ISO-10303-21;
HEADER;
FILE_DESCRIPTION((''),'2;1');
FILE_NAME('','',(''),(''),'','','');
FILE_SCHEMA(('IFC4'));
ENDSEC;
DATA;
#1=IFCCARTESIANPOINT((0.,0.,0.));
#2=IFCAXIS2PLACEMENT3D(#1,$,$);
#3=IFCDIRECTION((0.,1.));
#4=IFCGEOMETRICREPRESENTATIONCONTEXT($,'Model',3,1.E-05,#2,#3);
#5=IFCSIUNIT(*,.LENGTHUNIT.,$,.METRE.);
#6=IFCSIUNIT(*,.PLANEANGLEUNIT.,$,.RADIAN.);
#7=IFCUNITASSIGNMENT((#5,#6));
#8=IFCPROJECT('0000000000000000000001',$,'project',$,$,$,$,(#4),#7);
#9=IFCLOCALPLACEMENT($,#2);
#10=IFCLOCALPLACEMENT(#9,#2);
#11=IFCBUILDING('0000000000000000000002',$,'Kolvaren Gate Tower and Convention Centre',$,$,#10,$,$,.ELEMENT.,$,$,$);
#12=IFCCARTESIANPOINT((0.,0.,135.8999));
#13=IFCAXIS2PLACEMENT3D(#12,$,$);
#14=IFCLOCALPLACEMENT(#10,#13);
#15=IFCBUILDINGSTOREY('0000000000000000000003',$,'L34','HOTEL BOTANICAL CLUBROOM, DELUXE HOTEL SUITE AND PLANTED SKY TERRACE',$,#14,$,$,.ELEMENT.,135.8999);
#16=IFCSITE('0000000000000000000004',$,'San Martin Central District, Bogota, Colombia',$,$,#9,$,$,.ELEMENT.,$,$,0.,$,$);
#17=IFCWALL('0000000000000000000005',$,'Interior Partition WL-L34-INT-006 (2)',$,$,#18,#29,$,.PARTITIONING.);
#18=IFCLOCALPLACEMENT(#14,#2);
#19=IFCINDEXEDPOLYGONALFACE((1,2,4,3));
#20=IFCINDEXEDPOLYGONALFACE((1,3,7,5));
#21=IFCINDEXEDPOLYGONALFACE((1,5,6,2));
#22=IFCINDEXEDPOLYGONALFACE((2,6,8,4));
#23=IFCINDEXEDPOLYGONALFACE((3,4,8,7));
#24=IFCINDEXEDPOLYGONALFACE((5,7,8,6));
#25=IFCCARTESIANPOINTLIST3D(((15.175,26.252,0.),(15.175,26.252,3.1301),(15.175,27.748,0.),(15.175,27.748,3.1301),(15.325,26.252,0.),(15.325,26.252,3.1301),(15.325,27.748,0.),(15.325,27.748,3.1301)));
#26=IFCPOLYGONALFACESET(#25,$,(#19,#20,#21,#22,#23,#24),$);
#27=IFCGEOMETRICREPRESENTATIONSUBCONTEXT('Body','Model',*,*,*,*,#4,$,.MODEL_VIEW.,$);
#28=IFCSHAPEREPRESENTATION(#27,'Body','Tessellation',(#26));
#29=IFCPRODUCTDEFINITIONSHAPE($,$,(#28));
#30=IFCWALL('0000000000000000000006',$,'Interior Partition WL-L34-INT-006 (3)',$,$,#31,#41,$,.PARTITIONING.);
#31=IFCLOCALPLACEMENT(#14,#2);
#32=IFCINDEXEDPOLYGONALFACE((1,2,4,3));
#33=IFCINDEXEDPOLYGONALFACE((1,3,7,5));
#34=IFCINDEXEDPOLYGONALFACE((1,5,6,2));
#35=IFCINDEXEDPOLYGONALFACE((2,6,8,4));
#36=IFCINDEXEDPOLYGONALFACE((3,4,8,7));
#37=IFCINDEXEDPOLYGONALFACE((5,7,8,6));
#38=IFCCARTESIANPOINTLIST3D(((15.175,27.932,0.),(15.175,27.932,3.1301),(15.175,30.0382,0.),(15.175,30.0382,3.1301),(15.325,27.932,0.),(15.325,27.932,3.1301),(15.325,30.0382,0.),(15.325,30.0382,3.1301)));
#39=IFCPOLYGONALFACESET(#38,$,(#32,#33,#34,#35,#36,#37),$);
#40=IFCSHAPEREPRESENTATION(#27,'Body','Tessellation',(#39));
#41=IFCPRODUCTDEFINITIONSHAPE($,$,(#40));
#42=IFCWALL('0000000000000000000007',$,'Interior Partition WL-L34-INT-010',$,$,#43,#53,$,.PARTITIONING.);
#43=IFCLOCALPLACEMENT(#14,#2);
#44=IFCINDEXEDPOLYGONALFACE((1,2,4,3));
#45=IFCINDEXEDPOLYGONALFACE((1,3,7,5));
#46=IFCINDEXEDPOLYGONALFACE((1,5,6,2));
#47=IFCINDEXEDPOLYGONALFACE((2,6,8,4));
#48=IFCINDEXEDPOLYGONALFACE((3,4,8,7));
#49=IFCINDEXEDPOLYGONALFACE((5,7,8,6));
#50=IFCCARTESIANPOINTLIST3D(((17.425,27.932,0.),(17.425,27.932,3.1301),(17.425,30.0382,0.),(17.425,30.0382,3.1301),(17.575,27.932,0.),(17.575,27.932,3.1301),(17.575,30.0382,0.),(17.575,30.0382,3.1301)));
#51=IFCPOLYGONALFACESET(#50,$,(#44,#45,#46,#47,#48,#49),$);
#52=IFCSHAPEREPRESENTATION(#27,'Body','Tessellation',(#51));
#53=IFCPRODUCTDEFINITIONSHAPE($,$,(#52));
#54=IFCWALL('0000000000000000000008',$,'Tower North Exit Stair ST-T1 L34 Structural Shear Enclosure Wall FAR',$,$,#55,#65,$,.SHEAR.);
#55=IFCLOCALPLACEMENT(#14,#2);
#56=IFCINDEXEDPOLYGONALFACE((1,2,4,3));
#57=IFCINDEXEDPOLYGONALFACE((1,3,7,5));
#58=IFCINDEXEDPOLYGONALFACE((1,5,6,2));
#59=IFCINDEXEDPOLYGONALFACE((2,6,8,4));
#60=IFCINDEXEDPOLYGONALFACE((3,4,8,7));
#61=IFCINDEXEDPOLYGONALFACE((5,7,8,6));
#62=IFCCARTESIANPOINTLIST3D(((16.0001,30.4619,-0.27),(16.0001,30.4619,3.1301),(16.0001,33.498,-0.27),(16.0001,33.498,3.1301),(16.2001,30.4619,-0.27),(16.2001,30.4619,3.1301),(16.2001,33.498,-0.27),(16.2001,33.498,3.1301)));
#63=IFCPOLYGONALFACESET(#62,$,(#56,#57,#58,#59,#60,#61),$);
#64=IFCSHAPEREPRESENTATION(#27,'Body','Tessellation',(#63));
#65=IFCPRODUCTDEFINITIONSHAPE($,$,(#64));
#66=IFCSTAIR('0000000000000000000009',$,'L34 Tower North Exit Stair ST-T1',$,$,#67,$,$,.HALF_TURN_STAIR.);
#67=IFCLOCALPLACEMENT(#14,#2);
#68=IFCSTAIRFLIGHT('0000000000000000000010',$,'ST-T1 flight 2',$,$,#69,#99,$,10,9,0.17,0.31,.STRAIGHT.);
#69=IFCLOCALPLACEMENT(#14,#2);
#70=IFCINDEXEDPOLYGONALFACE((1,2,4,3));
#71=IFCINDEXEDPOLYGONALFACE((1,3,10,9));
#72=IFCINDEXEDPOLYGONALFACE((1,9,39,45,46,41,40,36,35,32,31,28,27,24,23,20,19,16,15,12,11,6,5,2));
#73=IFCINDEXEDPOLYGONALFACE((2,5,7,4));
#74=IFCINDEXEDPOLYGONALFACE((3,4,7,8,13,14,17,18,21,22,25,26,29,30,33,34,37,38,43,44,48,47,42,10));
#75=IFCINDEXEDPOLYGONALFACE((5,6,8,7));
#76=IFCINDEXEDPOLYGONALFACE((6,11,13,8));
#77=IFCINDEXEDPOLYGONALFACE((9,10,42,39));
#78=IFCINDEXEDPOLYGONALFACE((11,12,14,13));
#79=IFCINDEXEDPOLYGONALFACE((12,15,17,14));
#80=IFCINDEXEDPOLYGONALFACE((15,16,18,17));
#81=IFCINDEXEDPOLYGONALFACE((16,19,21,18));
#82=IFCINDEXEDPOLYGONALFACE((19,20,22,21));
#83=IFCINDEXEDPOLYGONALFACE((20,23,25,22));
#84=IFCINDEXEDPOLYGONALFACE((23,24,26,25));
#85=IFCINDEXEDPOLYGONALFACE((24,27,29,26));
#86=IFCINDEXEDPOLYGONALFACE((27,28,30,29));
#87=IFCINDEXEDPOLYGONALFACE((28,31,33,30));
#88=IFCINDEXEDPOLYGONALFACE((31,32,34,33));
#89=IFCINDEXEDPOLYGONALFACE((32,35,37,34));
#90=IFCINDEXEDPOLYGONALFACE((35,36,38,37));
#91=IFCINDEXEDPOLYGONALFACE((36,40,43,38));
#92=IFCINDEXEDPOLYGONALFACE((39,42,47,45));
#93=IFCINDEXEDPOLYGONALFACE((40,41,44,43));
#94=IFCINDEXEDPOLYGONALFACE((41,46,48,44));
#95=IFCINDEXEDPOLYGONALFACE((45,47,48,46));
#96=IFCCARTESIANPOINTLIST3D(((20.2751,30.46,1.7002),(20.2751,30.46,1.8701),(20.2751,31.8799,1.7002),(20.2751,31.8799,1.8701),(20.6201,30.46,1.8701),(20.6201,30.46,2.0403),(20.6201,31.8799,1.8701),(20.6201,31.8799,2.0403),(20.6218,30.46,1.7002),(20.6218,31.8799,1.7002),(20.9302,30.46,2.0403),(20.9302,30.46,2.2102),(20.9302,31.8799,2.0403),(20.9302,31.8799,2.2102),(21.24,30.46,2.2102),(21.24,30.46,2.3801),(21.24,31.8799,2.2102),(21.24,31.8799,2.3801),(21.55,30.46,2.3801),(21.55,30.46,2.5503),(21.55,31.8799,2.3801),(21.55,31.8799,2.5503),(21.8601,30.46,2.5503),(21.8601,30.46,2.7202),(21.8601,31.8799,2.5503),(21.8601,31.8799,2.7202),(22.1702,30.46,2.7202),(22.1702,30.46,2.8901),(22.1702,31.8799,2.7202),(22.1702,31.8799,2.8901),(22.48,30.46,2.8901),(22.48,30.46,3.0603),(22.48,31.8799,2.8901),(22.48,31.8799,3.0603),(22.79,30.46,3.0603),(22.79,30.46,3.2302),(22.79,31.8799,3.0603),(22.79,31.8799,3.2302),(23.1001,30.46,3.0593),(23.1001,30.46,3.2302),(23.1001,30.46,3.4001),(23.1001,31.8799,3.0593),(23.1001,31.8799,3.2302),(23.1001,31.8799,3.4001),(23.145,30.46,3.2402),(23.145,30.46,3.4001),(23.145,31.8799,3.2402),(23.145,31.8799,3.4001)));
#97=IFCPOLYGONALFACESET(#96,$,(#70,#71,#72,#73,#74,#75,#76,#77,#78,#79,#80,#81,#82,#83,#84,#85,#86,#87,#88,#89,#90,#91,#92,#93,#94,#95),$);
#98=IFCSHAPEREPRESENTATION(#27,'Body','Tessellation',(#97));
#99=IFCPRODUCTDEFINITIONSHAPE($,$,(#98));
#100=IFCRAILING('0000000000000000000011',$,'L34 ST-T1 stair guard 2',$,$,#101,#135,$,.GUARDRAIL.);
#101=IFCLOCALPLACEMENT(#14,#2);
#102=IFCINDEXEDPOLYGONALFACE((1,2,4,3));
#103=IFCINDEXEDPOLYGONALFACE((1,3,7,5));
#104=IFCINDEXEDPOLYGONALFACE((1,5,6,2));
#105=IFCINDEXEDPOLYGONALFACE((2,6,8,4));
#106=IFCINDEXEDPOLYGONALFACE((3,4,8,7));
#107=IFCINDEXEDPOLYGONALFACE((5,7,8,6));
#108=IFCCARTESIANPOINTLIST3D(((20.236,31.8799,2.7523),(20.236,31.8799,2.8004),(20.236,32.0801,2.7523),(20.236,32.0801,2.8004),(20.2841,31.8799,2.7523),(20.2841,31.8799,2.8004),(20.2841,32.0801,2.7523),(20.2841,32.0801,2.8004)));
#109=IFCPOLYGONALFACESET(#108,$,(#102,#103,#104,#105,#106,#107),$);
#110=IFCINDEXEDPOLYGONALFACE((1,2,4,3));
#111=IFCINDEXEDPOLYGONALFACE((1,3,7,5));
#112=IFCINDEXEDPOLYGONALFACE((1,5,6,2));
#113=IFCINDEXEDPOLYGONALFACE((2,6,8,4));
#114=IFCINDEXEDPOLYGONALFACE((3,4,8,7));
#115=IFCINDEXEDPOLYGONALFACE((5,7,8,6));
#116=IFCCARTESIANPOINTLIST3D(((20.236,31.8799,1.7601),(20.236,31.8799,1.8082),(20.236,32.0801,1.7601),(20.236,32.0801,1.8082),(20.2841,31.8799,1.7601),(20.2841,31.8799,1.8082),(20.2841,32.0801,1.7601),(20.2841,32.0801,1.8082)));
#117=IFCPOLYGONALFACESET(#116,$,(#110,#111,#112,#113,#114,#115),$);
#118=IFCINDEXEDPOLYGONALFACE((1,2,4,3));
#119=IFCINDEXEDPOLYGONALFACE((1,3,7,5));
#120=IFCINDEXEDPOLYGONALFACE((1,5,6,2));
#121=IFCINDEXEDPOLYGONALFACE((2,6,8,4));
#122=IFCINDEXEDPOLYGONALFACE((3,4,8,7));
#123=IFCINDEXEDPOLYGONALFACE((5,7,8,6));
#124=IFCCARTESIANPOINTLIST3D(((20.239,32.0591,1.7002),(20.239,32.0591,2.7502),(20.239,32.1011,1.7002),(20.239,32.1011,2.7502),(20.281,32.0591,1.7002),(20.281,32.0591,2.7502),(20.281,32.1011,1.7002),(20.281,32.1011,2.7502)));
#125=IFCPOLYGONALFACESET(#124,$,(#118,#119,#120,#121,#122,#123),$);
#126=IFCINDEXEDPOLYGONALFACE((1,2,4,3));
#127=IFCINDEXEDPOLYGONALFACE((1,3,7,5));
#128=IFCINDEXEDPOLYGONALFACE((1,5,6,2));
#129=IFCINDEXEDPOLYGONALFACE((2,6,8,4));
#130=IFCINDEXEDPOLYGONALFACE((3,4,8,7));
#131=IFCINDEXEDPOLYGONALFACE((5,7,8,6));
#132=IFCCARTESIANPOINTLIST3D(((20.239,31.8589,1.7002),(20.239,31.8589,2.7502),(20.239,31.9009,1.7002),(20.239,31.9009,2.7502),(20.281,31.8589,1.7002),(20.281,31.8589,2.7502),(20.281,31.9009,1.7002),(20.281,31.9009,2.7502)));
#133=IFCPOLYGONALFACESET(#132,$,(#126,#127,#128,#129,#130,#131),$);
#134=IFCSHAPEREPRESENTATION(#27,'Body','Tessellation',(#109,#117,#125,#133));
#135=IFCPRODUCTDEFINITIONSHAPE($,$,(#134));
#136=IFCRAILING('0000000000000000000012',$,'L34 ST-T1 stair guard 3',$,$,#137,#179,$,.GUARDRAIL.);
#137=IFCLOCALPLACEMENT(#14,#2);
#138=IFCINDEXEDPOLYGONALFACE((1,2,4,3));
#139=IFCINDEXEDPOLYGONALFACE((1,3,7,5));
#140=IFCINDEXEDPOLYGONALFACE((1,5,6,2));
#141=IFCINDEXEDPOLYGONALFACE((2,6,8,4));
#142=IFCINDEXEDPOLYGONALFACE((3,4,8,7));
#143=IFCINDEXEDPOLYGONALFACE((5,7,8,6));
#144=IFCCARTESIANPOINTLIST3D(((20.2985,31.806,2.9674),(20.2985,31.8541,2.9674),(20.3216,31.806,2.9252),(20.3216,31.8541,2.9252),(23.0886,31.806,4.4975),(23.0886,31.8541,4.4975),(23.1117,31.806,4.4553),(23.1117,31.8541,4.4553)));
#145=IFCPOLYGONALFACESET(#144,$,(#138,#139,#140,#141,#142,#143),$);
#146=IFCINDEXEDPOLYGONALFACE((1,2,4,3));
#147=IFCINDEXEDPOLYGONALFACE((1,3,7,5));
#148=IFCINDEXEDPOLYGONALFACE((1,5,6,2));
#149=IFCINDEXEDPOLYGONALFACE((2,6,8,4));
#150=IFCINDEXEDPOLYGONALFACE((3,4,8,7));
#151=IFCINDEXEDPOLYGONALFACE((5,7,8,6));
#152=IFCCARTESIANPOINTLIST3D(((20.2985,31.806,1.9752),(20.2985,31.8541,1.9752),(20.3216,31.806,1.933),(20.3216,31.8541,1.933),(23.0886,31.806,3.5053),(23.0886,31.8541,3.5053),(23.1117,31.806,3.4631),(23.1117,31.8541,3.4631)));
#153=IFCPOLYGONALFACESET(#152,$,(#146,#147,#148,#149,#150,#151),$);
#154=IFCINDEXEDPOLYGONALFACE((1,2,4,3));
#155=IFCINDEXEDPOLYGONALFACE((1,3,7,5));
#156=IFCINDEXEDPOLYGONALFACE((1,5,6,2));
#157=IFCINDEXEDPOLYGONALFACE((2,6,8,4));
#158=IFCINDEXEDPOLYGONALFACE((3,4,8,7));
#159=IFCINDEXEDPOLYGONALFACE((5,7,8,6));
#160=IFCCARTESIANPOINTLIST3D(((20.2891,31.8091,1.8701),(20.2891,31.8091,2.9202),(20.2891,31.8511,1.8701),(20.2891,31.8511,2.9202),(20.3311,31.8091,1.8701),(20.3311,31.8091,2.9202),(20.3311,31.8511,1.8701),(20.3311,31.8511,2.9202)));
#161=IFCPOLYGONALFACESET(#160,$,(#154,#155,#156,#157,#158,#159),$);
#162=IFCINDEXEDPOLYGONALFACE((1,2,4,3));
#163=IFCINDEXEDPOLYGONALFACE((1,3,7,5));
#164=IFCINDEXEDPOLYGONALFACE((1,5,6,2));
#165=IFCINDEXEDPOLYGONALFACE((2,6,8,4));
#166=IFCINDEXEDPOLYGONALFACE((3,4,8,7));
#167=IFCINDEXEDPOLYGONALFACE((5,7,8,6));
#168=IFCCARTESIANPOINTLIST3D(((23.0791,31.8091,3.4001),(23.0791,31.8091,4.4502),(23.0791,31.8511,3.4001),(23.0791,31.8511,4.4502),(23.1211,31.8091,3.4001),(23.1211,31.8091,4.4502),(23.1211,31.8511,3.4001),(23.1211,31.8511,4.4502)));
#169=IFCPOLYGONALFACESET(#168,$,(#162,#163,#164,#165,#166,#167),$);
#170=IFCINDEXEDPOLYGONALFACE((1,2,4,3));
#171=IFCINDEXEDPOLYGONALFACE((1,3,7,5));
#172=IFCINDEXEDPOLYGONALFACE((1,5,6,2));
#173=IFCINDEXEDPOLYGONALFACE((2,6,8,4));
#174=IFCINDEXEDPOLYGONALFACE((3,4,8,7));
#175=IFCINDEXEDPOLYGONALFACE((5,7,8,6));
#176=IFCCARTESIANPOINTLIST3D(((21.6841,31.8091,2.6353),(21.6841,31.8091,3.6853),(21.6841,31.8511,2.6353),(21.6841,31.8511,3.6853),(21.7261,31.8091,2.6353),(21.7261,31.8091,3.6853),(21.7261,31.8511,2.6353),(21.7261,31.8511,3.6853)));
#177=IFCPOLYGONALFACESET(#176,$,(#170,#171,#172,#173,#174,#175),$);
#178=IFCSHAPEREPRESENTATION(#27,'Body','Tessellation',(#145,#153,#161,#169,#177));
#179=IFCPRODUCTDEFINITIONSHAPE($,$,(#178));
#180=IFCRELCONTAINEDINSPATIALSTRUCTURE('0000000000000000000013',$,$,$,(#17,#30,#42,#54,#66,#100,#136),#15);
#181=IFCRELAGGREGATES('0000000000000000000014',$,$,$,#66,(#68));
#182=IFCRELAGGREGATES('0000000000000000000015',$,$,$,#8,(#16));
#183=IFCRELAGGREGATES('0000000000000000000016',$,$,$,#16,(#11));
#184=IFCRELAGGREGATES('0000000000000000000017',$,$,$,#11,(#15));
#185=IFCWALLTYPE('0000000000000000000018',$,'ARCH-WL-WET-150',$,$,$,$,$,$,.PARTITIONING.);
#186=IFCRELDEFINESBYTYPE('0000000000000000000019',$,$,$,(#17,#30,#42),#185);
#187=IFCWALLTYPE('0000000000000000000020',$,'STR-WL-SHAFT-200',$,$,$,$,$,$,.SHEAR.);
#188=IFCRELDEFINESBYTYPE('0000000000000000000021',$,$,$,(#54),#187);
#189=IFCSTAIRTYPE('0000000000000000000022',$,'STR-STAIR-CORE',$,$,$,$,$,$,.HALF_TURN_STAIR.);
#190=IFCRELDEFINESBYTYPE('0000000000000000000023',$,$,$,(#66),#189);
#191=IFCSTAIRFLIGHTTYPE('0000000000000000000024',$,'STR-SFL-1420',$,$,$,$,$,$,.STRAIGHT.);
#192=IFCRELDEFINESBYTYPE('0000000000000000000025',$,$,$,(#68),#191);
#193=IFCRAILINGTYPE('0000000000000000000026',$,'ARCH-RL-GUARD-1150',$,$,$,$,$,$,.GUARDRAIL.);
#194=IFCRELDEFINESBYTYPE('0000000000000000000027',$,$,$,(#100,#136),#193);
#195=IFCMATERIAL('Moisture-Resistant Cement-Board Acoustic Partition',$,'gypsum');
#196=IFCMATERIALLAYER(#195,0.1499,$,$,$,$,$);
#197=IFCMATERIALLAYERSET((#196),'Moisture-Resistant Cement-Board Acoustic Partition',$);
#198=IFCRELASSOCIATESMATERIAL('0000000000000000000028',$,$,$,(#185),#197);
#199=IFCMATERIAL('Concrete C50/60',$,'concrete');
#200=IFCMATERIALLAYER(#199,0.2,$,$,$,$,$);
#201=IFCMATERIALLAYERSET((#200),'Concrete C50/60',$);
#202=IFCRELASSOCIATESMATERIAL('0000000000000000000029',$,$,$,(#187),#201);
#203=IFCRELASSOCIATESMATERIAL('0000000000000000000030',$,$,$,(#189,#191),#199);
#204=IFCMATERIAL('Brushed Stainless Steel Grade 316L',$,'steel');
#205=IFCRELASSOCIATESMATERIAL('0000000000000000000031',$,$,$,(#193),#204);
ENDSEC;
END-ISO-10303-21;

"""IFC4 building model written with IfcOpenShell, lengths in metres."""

from ifc_helpers import new_model, si_unit, direction, frame, frame_2d, origin, origin_2d, place, context, subcontext, project, spatial, polyline, rectangle, outline, extrude, material, layer, layer_set, type_object, element, aggregate, save


model = new_model("IFC4")

# Units and contexts
model_context = context("Model", 3, precision=1e-05, world=origin(), true_north=direction((0.0, 1.0)))
body_context = subcontext(model_context, "Body", "Model", "MODEL_VIEW")
ifc_project = project(units=[si_unit("LENGTHUNIT", "METRE"), si_unit("PLANEANGLEUNIT", "RADIAN")], contexts=[model_context])

# Site, building, storey
site_placement = place(None, origin())
site = spatial("IfcSite", under=ifc_project, at=site_placement, Name="San Martin Central District, Bogota, Colombia", CompositionType="ELEMENT", RefElevation=0.0)
building_placement = place(site_placement, origin())
building = spatial("IfcBuilding", under=site, at=building_placement, Name="Kolvaren Gate Tower and Convention Centre", CompositionType="ELEMENT")
storey_placement = place(building_placement, frame((0.0, 0.0, 135.8999)))
storey = spatial("IfcBuildingStorey", under=building, at=storey_placement, Name="L34", Description="HOTEL BOTANICAL CLUBROOM, DELUXE HOTEL SUITE AND PLANTED SKY TERRACE", CompositionType="ELEMENT", Elevation=135.8999)

# Walls
ifc_material_1 = material(Name="Moisture-Resistant Cement-Board Acoustic Partition", Category="gypsum")
ifc_layer_1 = layer(ifc_material_1, 0.1499)
ifc_layer_set_1 = layer_set([ifc_layer_1], Name="Moisture-Resistant Cement-Board Acoustic Partition")
wall_type_1 = type_object("IfcWallType", Name="ARCH-WL-WET-150", PredefinedType="PARTITIONING", material=ifc_layer_set_1)
wall_1_placement = place(storey_placement, frame((15.25, 26.252, 0.0), z_axis=(0.0, 0.0, 1.0), x_axis=(0.0, 1.0, 0.0)))
element("IfcWall", 1, at=wall_1_placement, inside=storey, type_object=wall_type_1, Name="Interior Partition WL-L34-INT-006 (2)", PredefinedType="PARTITIONING", context=body_context, shape_type="SweptSolid", body=[
    extrude(rectangle(XDim=1.4961, YDim=0.1499, at=frame_2d((0.748, 0.0))), origin(), (0.0, 0.0, 1.0), 3.1301),
])
for number, where, z_axis, x_axis, name in (
    (2, (15.25, 27.9319, 0.0), (0.0, 0.0, 1.0), (0.0, 1.0, 0.0), "Interior Partition WL-L34-INT-006 (3)"),
    (3, (17.5, 27.9319, 0.0), (0.0, 0.0, 1.0), (0.0, 1.0, 0.0), "Interior Partition WL-L34-INT-010"),
):
    element("IfcWall", number, at=place(storey_placement, frame(where, z_axis=z_axis, x_axis=x_axis)), inside=storey, type_object=wall_type_1, Name=name, PredefinedType="PARTITIONING", context=body_context, shape_type="SweptSolid", body=[
        extrude(rectangle(XDim=2.1062, YDim=0.1499, at=frame_2d((1.0532, 0.0))), origin(), (0.0, 0.0, 1.0), 3.1301),
    ])
ifc_material_2 = material(Name="Concrete C50/60", Category="concrete")
ifc_layer_2 = layer(ifc_material_2, 0.2)
ifc_layer_set_2 = layer_set([ifc_layer_2], Name="Concrete C50/60")
wall_type_2 = type_object("IfcWallType", Name="STR-WL-SHAFT-200", PredefinedType="SHEAR", material=ifc_layer_set_2)
wall_2_placement = place(storey_placement, frame((16.1001, 30.4619, -0.27), z_axis=(0.0, 0.0, 1.0), x_axis=(0.0, 1.0, 0.0)))
element("IfcWall", 4, at=wall_2_placement, inside=storey, type_object=wall_type_2, Name="Tower North Exit Stair ST-T1 L34 Structural Shear Enclosure Wall FAR", PredefinedType="SHEAR", context=body_context, shape_type="SweptSolid", body=[
    extrude(rectangle(XDim=3.0361, YDim=0.2, at=frame_2d((1.5181, 0.0))), origin(), (0.0, 0.0, 1.0), 3.4001),
])

# Stair, stair flight
stair_type = type_object("IfcStairType", Name="STR-STAIR-CORE", PredefinedType="HALF_TURN_STAIR", material=ifc_material_2)
stair_placement = place(storey_placement, origin())
stair = element("IfcStair", 5, at=stair_placement, inside=storey, type_object=stair_type, Name="L34 Tower North Exit Stair ST-T1", PredefinedType="HALF_TURN_STAIR")
stair_flight_type = type_object("IfcStairFlightType", Name="STR-SFL-1420", PredefinedType="STRAIGHT", material=ifc_material_2)
stair_flight_placement = place(storey_placement, frame((20.3101, 31.1699, 1.7002), z_axis=(0.0, 0.0, 1.0), x_axis=(1.0, 0.0, 0.0)))
stair_flight = element("IfcStairFlight", 6, at=stair_flight_placement, type_object=stair_flight_type, Name="ST-T1 flight 2", NumberOfRisers=10, NumberOfTreads=9, PredefinedType="STRAIGHT", RiserHeight=0.17, TreadLength=0.31, context=body_context, shape_type="SweptSolid", body=[
    extrude(outline(polyline([(-0.0349, 0.0), (-0.0349, 0.1699), (0.3101, 0.1699), (0.3101, 0.3401), (0.6201, 0.3401), (0.6201, 0.51), (0.9299, 0.51), (0.9299, 0.6799), (1.24, 0.6799), (1.24, 0.8501), (1.55, 0.8501), (1.55, 1.02), (1.8601, 1.02), (1.8601, 1.1899), (2.1699, 1.1899), (2.1699, 1.3601), (2.48, 1.3601), (2.48, 1.53), (2.79, 1.53), (2.79, 1.7), (2.835, 1.7), (2.835, 1.54), (2.79, 1.3591), (0.3118, 0.0), (-0.0349, 0.0)])), frame((0.0, 0.71, 0.0), z_axis=(0.0, -1.0, 0.0), x_axis=(1.0, 0.0, 0.0)), (0.0, 0.0, 1.0), 1.4199),
])
aggregate(stair, [stair_flight])

# Railings
ifc_material_3 = material(Name="Brushed Stainless Steel Grade 316L", Category="steel")
railing_type_1 = type_object("IfcRailingType", Name="ARCH-RL-GUARD-1150", PredefinedType="GUARDRAIL", material=ifc_material_3)
railing_1_placement = place(storey_placement, frame((20.26, 32.0801, 1.7002)))
element("IfcRailing", 7, at=railing_1_placement, inside=storey, type_object=railing_type_1, Name="L34 ST-T1 stair guard 2", PredefinedType="GUARDRAIL", context=body_context, shape_type="SweptSolid", body=[
    extrude(rectangle(XDim=0.0481, YDim=0.0481, at=origin_2d()), frame((0.0, 0.0, 1.0762), z_axis=(0.0, -1.0, 0.0), x_axis=(1.0, 0.0, 0.0)), (0.0, 0.0, 1.0), 0.2002),
    extrude(rectangle(XDim=0.0481, YDim=0.0481, at=origin_2d()), frame((0.0, 0.0, 0.084), z_axis=(0.0, -1.0, 0.0), x_axis=(1.0, 0.0, 0.0)), (0.0, 0.0, 1.0), 0.2002),
    extrude(rectangle(XDim=0.042, YDim=0.042, at=origin_2d()), origin(), (0.0, 0.0, 1.0), 1.05),
    extrude(rectangle(XDim=0.042, YDim=0.042, at=origin_2d()), frame((0.0, -0.2002, 0.0)), (0.0, 0.0, 1.0), 1.05),
])
railing_2_placement = place(storey_placement, frame((20.3101, 31.8301, 1.8701)))
element("IfcRailing", 8, at=railing_2_placement, inside=storey, type_object=railing_type_1, Name="L34 ST-T1 stair guard 3", PredefinedType="GUARDRAIL", context=body_context, shape_type="SweptSolid", body=[
    extrude(rectangle(XDim=0.0481, YDim=0.0481, at=origin_2d()), frame((0.0, 0.0, 1.0762), z_axis=(0.876811, 0.0, 0.480835), x_axis=(0.0, 1.0, 0.0)), (0.0, 0.0, 1.0), 3.1821),
    extrude(rectangle(XDim=0.0481, YDim=0.0481, at=origin_2d()), frame((0.0, 0.0, 0.084), z_axis=(0.876811, 0.0, 0.480835), x_axis=(0.0, 1.0, 0.0)), (0.0, 0.0, 1.0), 3.1821),
    extrude(rectangle(XDim=0.042, YDim=0.042, at=origin_2d()), origin(), (0.0, 0.0, 1.0), 1.05),
    extrude(rectangle(XDim=0.042, YDim=0.042, at=origin_2d()), frame((2.79, 0.0, 1.53)), (0.0, 0.0, 1.0), 1.05),
    extrude(rectangle(XDim=0.042, YDim=0.042, at=origin_2d()), frame((1.395, 0.0, 0.7651)), (0.0, 0.0, 1.0), 1.05),
])

save(model, "model.ifc")
